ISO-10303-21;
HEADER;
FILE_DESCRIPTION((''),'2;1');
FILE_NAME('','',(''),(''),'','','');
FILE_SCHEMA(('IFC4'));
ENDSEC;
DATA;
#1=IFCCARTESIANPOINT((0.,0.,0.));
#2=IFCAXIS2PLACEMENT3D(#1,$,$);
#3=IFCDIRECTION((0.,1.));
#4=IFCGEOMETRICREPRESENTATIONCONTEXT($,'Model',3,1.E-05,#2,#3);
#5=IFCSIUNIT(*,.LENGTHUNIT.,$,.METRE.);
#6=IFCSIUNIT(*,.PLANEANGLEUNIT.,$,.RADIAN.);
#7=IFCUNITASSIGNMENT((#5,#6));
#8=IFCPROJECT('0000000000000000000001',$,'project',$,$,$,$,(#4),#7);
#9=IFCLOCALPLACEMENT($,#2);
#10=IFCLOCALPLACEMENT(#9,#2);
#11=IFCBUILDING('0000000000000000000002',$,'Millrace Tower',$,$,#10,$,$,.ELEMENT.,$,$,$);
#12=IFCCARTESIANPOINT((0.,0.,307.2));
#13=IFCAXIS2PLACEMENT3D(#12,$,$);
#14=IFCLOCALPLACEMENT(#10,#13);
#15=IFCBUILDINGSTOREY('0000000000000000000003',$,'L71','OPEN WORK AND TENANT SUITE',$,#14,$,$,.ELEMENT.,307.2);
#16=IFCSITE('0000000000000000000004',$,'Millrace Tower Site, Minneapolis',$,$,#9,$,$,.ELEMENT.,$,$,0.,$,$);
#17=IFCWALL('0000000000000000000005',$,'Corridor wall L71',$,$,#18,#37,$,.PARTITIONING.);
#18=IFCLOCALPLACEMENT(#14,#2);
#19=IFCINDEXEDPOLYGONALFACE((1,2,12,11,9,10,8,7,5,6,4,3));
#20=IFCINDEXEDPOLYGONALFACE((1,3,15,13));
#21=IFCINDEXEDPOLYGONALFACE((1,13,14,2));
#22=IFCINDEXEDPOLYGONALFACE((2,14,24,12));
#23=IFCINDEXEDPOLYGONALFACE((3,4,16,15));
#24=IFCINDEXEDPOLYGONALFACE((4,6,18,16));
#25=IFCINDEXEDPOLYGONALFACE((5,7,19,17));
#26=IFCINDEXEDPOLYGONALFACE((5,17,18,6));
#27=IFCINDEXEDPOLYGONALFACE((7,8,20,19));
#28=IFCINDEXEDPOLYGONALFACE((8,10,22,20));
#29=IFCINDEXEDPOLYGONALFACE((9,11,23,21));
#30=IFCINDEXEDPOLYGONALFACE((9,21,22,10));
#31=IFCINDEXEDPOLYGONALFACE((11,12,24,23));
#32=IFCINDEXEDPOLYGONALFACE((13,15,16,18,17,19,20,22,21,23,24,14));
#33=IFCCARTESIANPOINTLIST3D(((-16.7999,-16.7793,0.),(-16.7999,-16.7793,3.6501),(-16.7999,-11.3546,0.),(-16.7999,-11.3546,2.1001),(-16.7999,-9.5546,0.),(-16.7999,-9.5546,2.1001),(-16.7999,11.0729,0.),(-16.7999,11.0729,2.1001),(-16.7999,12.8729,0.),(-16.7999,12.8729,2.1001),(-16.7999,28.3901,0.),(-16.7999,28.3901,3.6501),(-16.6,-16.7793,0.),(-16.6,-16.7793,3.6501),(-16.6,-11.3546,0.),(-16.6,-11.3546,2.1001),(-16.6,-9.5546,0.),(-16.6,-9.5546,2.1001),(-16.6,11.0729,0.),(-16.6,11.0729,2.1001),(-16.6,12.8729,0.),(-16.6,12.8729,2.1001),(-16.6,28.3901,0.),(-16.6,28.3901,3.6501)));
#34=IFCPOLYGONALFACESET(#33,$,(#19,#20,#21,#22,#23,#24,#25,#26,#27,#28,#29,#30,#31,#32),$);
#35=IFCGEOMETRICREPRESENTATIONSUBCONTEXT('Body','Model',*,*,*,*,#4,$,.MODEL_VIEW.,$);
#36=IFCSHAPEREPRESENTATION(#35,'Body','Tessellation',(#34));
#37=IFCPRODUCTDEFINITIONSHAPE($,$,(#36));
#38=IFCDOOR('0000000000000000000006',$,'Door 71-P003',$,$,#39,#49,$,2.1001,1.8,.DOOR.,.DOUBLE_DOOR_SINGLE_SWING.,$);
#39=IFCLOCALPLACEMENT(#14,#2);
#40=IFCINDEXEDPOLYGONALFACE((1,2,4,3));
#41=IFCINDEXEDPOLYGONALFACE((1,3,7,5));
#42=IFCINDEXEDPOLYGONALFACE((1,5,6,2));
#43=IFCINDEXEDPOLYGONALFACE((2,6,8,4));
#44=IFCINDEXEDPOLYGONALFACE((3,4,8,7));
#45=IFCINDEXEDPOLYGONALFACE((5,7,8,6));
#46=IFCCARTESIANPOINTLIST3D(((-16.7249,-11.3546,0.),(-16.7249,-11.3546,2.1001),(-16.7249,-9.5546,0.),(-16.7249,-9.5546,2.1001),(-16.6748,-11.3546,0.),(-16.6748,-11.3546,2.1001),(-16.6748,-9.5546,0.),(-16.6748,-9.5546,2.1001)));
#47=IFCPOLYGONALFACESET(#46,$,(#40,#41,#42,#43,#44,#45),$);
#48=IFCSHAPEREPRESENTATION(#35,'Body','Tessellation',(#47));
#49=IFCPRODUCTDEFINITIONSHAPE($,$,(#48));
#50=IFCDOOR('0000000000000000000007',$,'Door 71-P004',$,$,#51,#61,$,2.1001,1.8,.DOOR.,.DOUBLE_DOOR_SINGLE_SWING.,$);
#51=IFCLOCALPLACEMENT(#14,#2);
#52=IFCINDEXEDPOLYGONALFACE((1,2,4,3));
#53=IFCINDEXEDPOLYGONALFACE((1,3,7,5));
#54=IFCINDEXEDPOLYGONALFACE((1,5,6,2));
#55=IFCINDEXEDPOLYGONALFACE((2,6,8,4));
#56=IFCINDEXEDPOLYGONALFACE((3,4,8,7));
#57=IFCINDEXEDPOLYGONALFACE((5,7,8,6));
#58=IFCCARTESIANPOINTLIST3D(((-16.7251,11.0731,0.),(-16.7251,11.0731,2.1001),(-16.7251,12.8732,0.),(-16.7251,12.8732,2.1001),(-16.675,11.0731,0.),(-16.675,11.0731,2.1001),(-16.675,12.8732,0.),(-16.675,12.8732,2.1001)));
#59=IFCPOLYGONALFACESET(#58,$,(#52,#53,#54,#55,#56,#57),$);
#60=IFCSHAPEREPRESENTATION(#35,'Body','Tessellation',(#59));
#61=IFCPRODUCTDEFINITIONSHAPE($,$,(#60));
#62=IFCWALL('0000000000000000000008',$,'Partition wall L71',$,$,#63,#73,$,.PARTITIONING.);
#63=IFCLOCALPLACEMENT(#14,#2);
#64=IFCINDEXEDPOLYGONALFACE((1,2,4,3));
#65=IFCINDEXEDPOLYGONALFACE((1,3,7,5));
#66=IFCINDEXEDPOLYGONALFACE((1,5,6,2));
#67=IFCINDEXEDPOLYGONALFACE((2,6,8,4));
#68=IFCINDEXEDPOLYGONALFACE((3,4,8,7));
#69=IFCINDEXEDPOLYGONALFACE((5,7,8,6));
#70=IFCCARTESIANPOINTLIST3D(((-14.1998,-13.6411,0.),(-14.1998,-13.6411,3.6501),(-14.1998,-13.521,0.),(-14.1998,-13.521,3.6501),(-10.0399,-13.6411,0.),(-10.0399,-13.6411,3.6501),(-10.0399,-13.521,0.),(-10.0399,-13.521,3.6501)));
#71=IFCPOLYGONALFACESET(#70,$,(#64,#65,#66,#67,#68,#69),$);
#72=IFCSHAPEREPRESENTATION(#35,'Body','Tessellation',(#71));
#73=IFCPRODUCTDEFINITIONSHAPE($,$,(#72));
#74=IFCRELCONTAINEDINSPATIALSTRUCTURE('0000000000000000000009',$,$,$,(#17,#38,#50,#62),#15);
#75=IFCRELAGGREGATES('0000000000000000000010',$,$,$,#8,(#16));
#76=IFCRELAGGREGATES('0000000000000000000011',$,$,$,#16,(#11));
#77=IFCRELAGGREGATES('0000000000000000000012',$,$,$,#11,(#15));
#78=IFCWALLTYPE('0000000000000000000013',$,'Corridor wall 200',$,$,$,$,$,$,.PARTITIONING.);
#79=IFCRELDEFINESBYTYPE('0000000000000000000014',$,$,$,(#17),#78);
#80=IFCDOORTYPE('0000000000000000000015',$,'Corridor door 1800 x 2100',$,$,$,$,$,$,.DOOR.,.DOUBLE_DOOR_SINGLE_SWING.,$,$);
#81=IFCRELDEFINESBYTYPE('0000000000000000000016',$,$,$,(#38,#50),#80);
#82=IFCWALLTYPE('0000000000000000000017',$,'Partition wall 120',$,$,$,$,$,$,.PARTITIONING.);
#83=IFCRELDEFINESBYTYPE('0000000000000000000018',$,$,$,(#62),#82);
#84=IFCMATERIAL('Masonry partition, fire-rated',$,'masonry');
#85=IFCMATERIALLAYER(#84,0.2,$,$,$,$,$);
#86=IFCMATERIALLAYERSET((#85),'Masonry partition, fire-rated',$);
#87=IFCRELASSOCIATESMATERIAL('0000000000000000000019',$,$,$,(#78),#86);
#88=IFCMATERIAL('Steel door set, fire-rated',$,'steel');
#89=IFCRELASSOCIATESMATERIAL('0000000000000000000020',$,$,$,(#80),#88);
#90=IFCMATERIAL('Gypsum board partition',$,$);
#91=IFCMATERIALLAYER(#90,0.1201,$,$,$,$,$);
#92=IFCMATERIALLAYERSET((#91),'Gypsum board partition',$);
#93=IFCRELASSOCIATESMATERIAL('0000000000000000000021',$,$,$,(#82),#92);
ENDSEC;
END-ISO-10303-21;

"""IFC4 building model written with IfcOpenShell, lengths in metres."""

from ifc_helpers import new_model, si_unit, direction, frame, frame_2d, origin, place, context, subcontext, project, spatial, rectangle, extrude, material, layer, layer_set, type_object, element, fill, save


model = new_model("IFC4")

# Units and contexts
model_context = context("Model", 3, precision=1e-05, world=origin(), true_north=direction((0.0, 1.0)))
body_context = subcontext(model_context, "Body", "Model", "MODEL_VIEW")
ifc_project = project(units=[si_unit("LENGTHUNIT", "METRE"), si_unit("PLANEANGLEUNIT", "RADIAN")], contexts=[model_context])

# Site, building, storey
site_placement = place(None, origin())
site = spatial("IfcSite", under=ifc_project, at=site_placement, Name="Millrace Tower Site, Minneapolis", CompositionType="ELEMENT", RefElevation=0.0)
building_placement = place(site_placement, origin())
building = spatial("IfcBuilding", under=site, at=building_placement, Name="Millrace Tower", CompositionType="ELEMENT")
storey_placement = place(building_placement, frame((0.0, 0.0, 307.2)))
storey = spatial("IfcBuildingStorey", under=building, at=storey_placement, Name="L71", Description="OPEN WORK AND TENANT SUITE", CompositionType="ELEMENT", Elevation=307.2)

# Shared definitions
ifc_material_1 = material(Name="Masonry partition, fire-rated", Category="masonry")
ifc_layer_1 = layer(ifc_material_1, 0.2)
ifc_layer_set_1 = layer_set([ifc_layer_1], Name="Masonry partition, fire-rated")
wall_type_1 = type_object("IfcWallType", Name="Corridor wall 200", PredefinedType="PARTITIONING", material=ifc_layer_set_1)

# Wall, openings, doors
ifc_material_2 = material(Name="Steel door set, fire-rated", Category="steel")
door_type_1 = type_object("IfcDoorType", Name="Corridor door 1800 x 2100", OperationType="DOUBLE_DOOR_SINGLE_SWING", PredefinedType="DOOR", material=ifc_material_2)
wall_1_placement = place(storey_placement, frame((-16.7, -16.7793, 0.0), z_axis=(0.0, 0.0, 1.0), x_axis=(0.0, 1.0, 0.0)))
wall_1 = element("IfcWall", 1, at=wall_1_placement, inside=storey, type_object=wall_type_1, Name="Corridor wall L71", PredefinedType="PARTITIONING", context=body_context, shape_type="SweptSolid", body=[
    extrude(rectangle(XDim=45.1694, YDim=0.2, at=frame_2d((22.5847, 0.0))), origin(), (0.0, 0.0, 1.0), 3.6501),
])
opening_1_placement = place(wall_1_placement, frame((5.4248, 0.0, 0.0)))
opening_1 = element("IfcOpeningElement", 2, at=opening_1_placement, cuts=wall_1, PredefinedType="OPENING", context=body_context, shape_type="SweptSolid", body=[
    extrude(rectangle(XDim=1.8, YDim=2.1001, at=frame_2d((0.8999, 1.05))), frame((0.0, 0.1099, 0.0), z_axis=(0.0, -1.0, 0.0), x_axis=(1.0, 0.0, 0.0)), (0.0, 0.0, 1.0), 0.22),
])
opening_2_placement = place(wall_1_placement, frame((27.8523, 0.0, 0.0)))
opening_2 = element("IfcOpeningElement", 3, at=opening_2_placement, cuts=wall_1, PredefinedType="OPENING", context=body_context, shape_type="SweptSolid", body=[
    extrude(rectangle(XDim=1.8, YDim=2.1001, at=frame_2d((0.8999, 1.05))), frame((0.0, 0.1099, 0.0), z_axis=(0.0, -1.0, 0.0), x_axis=(1.0, 0.0, 0.0)), (0.0, 0.0, 1.0), 0.22),
])
door_1_placement = place(opening_1_placement, origin())
door_1 = element("IfcDoor", 4, at=door_1_placement, inside=storey, type_object=door_type_1, Name="Door 71-P003", OperationType="DOUBLE_DOOR_SINGLE_SWING", OverallHeight=2.1001, OverallWidth=1.8, PredefinedType="DOOR", context=body_context, shape_type="SweptSolid", body=[
    extrude(rectangle(XDim=1.8, YDim=2.1001, at=frame_2d((0.8999, 1.05))), frame((0.0, 0.0249, 0.0), z_axis=(0.0, -1.0, 0.0), x_axis=(1.0, 0.0, 0.0)), (0.0, 0.0, 1.0), 0.05),
])
fill(opening_1, door_1)
door_2_placement = place(opening_2_placement, frame((1.8, 0.0, 0.0), z_axis=(0.0, 0.0, 1.0), x_axis=(-1.0, 0.0, 0.0)))
door_2 = element("IfcDoor", 5, at=door_2_placement, inside=storey, type_object=door_type_1, Name="Door 71-P004", OperationType="DOUBLE_DOOR_SINGLE_SWING", OverallHeight=2.1001, OverallWidth=1.8, PredefinedType="DOOR", context=body_context, shape_type="SweptSolid", body=[
    extrude(rectangle(XDim=1.8, YDim=2.1001, at=frame_2d((0.8999, 1.05))), frame((0.0, 0.0249, 0.0), z_axis=(0.0, -1.0, 0.0), x_axis=(1.0, 0.0, 0.0)), (0.0, 0.0, 1.0), 0.05),
])
fill(opening_2, door_2)

# Wall
ifc_material_3 = material(Name="Gypsum board partition")
ifc_layer_2 = layer(ifc_material_3, 0.1201)
ifc_layer_set_2 = layer_set([ifc_layer_2], Name="Gypsum board partition")
wall_type_2 = type_object("IfcWallType", Name="Partition wall 120", PredefinedType="PARTITIONING", material=ifc_layer_set_2)
wall_2_placement = place(storey_placement, frame((-14.2, -13.5811, 0.0), z_axis=(0.0, 0.0, 1.0), x_axis=(1.0, 0.0, 0.0)))
element("IfcWall", 6, at=wall_2_placement, inside=storey, type_object=wall_type_2, Name="Partition wall L71", PredefinedType="PARTITIONING", context=body_context, shape_type="SweptSolid", body=[
    extrude(rectangle(XDim=4.1599, YDim=0.1201, at=frame_2d((2.0801, 0.0))), origin(), (0.0, 0.0, 1.0), 3.6501),
])

save(model, "model.ifc")
